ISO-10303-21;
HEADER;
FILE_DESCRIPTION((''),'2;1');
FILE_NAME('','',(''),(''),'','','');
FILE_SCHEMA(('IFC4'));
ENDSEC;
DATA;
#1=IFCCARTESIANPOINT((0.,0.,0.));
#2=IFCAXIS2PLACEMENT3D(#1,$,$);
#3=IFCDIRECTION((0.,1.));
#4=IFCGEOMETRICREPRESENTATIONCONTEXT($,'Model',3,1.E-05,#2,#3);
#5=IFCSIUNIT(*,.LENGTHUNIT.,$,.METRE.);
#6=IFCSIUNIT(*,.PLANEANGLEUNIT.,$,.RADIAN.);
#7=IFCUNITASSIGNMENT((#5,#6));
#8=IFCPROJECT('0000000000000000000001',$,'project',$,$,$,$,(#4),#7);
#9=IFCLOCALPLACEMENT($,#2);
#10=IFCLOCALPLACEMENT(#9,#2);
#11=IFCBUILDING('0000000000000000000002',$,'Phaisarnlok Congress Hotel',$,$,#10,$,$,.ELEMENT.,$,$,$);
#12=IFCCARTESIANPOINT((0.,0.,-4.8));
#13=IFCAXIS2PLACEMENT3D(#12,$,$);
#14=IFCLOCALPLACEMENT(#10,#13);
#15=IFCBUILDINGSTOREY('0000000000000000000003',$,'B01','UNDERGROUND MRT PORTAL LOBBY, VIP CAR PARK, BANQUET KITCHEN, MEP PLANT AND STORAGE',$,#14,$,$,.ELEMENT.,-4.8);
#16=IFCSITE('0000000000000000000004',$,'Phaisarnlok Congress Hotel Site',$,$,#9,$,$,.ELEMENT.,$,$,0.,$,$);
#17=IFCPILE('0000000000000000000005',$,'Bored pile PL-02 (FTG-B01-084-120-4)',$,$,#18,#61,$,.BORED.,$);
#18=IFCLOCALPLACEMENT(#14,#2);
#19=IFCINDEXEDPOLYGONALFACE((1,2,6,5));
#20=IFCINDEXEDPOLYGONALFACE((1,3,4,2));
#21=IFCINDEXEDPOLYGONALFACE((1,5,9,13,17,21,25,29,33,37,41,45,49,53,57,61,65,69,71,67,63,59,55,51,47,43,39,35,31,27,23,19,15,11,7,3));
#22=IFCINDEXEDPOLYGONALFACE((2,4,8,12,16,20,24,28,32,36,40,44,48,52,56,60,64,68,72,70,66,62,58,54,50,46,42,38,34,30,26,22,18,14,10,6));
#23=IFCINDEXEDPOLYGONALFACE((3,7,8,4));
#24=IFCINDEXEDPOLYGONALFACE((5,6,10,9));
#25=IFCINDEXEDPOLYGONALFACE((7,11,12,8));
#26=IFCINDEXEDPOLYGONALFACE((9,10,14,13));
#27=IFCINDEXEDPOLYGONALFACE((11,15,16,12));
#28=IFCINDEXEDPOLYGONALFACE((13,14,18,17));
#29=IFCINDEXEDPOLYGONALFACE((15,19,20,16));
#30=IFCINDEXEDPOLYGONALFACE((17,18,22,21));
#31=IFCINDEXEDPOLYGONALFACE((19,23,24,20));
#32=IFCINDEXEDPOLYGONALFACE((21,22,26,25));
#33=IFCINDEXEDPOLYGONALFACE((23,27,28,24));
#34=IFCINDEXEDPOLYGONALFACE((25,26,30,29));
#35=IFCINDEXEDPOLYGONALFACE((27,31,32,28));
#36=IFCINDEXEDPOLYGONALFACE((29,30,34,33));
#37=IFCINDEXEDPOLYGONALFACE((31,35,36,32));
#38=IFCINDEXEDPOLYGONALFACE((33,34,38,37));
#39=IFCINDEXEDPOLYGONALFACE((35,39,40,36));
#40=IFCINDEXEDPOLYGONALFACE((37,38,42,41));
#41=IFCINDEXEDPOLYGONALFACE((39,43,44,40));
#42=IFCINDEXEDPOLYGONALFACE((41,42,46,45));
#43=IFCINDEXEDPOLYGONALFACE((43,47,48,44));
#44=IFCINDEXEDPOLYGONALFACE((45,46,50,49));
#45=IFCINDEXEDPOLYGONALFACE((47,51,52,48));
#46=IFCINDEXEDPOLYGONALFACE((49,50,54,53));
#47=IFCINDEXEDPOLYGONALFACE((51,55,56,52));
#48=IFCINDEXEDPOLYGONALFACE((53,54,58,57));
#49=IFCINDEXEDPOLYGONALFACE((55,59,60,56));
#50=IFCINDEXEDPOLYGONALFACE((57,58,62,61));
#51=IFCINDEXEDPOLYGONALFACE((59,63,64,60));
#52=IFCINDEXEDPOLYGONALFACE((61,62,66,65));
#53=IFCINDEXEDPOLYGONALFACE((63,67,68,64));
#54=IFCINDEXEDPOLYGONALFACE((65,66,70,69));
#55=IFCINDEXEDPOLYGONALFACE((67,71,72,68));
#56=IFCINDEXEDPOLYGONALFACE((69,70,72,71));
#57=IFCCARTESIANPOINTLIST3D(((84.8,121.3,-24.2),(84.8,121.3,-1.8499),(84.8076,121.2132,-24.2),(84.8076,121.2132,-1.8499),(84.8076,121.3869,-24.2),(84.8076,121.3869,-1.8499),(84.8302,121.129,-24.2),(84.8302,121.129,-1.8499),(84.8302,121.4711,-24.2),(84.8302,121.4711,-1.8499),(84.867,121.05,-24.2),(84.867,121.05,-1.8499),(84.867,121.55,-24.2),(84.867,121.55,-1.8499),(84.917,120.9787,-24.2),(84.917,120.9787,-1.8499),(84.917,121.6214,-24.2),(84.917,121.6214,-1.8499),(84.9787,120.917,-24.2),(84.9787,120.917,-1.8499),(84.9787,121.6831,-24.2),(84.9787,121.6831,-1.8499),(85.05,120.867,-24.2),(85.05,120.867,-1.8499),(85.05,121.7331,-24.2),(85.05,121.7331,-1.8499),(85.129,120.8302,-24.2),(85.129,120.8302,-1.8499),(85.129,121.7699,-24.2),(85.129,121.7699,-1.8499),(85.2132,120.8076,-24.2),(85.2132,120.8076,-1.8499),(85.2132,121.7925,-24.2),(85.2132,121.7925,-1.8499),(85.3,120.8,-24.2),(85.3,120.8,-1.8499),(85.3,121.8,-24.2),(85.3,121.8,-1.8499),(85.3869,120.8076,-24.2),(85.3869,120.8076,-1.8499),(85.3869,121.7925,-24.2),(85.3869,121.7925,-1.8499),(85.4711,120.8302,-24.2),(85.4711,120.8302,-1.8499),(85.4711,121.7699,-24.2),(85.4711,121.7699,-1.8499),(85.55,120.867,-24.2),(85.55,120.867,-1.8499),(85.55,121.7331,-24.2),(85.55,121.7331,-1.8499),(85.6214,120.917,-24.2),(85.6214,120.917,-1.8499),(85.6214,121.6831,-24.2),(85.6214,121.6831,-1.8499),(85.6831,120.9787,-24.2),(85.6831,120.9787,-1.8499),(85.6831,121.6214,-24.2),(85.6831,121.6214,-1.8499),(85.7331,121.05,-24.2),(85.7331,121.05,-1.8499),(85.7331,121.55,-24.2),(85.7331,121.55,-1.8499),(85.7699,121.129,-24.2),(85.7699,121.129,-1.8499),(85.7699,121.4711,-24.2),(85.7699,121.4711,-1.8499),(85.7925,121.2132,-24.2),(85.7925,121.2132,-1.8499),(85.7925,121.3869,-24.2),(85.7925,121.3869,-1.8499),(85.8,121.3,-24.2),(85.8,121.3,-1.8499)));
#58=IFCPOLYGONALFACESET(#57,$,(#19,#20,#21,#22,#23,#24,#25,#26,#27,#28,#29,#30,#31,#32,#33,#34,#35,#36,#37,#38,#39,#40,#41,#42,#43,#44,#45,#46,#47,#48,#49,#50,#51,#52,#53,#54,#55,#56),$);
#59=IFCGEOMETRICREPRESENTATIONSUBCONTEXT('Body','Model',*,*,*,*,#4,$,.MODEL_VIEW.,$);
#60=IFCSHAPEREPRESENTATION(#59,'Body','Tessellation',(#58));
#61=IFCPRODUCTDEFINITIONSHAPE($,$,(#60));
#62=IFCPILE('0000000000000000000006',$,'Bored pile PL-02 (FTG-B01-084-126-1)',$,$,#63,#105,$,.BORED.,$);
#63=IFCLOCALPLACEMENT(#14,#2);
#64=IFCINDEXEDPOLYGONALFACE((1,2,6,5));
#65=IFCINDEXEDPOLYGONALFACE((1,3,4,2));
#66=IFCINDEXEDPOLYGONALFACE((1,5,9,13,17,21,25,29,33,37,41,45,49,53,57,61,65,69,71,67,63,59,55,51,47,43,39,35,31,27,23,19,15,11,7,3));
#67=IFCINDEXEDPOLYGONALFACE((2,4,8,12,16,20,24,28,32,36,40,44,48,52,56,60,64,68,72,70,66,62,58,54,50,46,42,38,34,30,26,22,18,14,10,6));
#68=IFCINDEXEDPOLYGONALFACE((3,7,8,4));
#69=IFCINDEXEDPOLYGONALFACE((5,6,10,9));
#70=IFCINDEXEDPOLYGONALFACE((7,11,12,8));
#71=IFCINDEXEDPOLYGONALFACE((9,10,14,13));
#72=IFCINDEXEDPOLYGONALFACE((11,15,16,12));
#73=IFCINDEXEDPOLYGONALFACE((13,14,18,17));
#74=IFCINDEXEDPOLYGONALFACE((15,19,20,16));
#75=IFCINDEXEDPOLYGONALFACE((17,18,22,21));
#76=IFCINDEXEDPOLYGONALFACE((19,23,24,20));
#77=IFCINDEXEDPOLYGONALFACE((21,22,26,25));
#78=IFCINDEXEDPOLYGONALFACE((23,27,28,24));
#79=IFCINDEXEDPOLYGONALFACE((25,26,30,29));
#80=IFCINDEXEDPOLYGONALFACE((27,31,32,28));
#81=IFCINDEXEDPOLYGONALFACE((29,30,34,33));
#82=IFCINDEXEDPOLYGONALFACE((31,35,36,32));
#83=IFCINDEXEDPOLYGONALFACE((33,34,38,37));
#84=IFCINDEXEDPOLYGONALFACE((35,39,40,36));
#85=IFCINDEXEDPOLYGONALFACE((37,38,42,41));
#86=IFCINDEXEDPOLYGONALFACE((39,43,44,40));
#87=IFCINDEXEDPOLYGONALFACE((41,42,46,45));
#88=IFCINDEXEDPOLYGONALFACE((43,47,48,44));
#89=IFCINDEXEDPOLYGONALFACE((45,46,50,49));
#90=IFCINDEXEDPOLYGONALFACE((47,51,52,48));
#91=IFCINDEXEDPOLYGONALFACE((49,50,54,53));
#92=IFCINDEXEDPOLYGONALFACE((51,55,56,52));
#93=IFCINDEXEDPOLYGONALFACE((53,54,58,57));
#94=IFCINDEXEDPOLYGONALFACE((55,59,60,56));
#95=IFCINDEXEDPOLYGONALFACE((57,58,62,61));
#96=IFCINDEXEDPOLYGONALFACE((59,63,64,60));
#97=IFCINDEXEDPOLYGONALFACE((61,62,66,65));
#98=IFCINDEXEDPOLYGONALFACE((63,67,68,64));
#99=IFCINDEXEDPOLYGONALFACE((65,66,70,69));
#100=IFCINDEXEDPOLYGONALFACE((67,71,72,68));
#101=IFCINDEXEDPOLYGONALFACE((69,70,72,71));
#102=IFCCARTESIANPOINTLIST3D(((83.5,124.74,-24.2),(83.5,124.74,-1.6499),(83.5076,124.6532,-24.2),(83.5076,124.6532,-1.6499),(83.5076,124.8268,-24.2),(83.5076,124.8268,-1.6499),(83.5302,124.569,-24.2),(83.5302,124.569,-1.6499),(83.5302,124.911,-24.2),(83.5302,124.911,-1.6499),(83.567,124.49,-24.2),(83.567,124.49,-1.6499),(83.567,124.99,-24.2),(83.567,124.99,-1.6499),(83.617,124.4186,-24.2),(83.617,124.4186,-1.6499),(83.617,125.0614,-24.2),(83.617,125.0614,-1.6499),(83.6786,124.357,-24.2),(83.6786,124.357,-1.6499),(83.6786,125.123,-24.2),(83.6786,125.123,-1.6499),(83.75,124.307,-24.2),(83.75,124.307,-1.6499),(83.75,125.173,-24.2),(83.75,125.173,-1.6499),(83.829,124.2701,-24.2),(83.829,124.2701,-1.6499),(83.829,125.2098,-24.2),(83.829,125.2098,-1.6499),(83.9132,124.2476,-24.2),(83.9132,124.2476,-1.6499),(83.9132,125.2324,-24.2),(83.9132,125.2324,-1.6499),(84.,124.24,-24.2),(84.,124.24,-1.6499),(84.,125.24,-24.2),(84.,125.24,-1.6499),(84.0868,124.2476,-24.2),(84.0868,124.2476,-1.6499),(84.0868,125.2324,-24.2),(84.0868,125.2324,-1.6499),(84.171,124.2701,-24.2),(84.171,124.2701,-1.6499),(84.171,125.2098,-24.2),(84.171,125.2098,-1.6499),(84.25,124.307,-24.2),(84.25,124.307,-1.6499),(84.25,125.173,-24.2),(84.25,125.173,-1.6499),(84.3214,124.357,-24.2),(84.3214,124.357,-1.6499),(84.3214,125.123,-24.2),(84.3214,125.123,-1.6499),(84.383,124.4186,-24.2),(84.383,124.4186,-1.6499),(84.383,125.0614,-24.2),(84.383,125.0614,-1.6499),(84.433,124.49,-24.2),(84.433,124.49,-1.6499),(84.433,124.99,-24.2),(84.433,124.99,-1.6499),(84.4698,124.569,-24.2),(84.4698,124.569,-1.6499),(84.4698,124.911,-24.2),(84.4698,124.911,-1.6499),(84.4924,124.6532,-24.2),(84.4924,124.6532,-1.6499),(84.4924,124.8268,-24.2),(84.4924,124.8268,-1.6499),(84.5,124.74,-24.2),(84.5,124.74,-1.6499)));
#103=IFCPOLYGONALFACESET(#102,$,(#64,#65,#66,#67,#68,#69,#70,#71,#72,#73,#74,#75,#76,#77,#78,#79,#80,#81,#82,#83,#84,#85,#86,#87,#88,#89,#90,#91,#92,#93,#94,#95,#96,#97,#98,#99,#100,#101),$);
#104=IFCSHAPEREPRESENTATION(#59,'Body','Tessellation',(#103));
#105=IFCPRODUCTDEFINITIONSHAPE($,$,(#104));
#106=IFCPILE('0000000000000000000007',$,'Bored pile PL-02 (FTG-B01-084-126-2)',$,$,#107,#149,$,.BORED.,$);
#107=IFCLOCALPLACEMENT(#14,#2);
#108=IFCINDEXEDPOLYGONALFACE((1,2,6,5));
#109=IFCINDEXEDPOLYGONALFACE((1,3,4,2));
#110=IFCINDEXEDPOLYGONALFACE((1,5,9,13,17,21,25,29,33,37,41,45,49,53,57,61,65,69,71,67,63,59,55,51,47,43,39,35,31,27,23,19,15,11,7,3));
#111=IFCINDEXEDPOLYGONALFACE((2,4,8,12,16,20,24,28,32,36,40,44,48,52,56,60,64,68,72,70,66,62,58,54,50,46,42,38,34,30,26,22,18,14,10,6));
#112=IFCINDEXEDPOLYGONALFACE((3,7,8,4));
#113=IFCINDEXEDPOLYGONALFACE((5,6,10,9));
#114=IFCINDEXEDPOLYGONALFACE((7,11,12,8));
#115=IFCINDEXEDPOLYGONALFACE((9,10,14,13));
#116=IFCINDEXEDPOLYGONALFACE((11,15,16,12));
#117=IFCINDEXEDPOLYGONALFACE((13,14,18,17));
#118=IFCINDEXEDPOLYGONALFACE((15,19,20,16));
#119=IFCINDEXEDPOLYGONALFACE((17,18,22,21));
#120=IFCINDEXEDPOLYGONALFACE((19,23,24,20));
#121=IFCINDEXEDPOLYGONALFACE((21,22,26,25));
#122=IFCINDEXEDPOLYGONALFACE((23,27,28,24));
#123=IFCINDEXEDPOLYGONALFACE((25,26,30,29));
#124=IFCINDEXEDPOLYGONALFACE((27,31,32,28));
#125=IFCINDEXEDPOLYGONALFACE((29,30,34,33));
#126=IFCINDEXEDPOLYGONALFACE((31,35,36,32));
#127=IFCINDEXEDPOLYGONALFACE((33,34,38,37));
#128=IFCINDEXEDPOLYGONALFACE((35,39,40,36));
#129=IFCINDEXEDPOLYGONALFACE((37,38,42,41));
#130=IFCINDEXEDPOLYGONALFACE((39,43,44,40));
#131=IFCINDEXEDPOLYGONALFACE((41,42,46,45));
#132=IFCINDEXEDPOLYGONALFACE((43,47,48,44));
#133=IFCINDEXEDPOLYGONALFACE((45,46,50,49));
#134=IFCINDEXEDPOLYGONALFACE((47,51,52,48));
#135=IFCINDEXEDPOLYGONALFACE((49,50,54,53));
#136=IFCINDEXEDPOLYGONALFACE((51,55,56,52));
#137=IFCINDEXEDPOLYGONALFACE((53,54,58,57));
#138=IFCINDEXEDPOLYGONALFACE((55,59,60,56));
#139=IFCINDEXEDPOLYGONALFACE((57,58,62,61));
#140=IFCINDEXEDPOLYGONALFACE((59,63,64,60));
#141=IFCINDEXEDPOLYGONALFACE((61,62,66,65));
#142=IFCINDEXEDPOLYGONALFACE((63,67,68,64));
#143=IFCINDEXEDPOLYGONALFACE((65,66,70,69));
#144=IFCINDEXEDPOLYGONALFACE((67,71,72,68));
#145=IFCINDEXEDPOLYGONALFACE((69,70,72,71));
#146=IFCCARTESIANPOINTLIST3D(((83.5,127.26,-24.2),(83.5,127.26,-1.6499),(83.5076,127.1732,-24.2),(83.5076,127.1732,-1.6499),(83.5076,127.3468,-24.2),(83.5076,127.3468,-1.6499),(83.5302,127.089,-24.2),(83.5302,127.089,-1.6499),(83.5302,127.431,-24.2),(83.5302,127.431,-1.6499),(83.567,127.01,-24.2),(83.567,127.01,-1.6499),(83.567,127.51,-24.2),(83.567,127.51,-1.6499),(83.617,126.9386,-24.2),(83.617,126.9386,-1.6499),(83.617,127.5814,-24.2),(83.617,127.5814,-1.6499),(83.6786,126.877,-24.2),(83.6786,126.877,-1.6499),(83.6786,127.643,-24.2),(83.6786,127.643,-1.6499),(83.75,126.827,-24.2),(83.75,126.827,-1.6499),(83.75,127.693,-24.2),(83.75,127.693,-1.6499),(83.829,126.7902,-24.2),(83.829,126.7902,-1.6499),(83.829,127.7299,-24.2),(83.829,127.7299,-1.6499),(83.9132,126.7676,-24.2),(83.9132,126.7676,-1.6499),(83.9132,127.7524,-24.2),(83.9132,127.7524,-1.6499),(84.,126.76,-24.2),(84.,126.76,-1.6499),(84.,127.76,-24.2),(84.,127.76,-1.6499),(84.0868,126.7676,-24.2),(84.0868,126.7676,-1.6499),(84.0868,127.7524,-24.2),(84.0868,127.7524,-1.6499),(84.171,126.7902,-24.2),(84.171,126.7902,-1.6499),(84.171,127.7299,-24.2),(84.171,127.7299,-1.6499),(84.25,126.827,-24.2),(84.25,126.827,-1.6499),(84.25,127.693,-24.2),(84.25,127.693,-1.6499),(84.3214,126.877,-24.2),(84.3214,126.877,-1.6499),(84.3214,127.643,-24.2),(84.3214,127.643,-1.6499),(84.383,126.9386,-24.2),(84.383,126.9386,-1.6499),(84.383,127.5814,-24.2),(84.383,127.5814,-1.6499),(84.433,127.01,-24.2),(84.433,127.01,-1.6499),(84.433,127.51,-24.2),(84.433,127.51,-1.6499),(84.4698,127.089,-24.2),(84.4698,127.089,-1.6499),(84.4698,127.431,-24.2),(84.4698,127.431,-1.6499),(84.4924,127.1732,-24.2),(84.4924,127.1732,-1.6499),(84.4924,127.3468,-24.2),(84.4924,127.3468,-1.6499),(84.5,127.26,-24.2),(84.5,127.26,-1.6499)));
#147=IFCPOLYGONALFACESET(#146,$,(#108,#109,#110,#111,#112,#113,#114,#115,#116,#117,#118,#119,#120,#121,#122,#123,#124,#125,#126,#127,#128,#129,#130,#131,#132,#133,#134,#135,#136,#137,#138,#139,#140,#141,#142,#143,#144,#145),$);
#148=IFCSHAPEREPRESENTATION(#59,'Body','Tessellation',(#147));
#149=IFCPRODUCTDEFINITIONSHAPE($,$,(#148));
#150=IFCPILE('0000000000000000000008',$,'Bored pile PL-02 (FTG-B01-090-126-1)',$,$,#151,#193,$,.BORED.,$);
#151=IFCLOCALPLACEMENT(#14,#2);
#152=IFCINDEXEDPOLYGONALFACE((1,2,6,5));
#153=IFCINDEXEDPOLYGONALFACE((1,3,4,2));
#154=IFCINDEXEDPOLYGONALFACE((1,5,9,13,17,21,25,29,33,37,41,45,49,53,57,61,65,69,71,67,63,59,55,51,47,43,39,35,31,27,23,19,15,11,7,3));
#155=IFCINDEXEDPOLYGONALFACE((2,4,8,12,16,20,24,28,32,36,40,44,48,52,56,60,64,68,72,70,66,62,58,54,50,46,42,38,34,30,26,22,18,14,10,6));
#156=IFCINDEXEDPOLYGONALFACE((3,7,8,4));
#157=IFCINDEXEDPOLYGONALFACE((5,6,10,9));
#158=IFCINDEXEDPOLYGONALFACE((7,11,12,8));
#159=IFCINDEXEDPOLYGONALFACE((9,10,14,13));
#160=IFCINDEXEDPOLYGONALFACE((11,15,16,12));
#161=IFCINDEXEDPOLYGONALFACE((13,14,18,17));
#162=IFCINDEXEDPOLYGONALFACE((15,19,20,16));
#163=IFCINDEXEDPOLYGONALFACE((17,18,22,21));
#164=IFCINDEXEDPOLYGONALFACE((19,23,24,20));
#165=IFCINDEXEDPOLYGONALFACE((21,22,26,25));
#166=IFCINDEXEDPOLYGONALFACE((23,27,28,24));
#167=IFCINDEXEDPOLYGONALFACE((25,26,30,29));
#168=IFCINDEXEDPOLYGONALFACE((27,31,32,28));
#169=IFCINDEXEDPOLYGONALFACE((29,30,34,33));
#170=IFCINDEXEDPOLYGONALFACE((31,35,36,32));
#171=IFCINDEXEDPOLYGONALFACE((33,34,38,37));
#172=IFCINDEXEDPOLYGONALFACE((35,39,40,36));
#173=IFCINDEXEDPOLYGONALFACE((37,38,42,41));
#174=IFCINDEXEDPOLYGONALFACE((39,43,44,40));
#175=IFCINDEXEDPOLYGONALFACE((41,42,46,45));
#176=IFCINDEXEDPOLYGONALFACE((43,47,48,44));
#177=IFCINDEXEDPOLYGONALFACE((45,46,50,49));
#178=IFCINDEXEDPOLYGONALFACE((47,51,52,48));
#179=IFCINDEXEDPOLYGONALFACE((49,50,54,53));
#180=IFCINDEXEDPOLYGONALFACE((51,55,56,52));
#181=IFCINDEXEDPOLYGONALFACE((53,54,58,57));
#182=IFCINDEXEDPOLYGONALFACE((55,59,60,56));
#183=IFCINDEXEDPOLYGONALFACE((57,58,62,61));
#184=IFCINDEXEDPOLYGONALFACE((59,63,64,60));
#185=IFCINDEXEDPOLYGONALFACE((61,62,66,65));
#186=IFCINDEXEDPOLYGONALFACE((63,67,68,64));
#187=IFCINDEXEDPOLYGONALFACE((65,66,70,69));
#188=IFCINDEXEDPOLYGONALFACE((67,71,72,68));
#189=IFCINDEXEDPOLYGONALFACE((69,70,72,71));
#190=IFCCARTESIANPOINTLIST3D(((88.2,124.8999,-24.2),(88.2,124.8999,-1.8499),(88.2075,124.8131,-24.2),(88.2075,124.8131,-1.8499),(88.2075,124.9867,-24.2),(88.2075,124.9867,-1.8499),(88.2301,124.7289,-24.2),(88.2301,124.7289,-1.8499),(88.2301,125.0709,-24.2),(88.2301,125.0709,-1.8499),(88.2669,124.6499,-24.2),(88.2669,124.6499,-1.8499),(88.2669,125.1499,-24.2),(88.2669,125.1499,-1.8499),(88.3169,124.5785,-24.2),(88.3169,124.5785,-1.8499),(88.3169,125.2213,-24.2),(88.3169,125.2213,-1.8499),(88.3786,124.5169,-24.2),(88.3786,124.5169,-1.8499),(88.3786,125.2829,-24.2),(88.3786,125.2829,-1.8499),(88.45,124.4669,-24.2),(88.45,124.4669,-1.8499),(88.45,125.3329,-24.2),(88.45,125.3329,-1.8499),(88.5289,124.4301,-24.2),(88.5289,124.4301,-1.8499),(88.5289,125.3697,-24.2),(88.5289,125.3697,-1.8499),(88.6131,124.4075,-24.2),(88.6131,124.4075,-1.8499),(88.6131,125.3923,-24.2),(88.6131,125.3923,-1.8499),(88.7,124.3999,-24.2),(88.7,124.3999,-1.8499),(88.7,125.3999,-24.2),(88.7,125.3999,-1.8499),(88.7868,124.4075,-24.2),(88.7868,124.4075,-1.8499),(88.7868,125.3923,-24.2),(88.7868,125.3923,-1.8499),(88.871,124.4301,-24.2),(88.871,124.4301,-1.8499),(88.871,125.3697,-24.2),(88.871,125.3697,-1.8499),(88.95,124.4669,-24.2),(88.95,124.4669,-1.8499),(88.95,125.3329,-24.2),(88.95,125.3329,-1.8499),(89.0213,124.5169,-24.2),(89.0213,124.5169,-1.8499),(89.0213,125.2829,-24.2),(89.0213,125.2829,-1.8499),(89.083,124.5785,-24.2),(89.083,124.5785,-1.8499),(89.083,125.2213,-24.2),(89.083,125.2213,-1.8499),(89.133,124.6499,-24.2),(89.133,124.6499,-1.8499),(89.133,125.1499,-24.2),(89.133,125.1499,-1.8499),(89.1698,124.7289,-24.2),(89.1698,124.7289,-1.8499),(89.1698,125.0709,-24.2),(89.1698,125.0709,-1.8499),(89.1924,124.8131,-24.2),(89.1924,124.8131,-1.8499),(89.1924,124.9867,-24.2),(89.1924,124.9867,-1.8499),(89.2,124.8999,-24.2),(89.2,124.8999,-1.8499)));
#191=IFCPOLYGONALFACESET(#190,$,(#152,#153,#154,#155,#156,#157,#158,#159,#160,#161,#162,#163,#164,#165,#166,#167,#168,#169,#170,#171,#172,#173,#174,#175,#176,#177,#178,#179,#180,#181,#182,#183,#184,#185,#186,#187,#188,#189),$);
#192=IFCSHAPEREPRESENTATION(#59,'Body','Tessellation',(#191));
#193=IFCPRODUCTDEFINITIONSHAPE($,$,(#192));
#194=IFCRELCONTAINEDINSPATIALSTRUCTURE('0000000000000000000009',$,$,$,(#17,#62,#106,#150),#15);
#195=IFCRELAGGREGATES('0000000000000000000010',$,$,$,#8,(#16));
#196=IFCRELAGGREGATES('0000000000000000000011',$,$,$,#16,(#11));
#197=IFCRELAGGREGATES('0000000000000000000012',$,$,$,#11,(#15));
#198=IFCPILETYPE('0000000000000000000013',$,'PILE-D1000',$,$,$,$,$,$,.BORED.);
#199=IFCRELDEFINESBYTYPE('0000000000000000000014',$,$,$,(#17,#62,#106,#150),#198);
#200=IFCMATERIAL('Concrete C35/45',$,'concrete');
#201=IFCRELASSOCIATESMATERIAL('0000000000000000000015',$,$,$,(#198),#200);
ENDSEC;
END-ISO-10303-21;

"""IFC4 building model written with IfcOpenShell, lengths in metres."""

from ifc_helpers import new_model, si_unit, direction, frame, origin, origin_2d, place, context, subcontext, project, spatial, circle, extrude, material, material_profile, profile_set, type_object, element, save


model = new_model("IFC4")

# Units and contexts
model_context = context("Model", 3, precision=1e-05, world=origin(), true_north=direction((0.0, 1.0)))
body_context = subcontext(model_context, "Body", "Model", "MODEL_VIEW")
ifc_project = project(units=[si_unit("LENGTHUNIT", "METRE"), si_unit("PLANEANGLEUNIT", "RADIAN")], contexts=[model_context])

# Site, building, storey
site_placement = place(None, origin())
site = spatial("IfcSite", under=ifc_project, at=site_placement, Name="Phaisarnlok Congress Hotel Site", CompositionType="ELEMENT", RefElevation=0.0)
building_placement = place(site_placement, origin())
building = spatial("IfcBuilding", under=site, at=building_placement, Name="Phaisarnlok Congress Hotel", CompositionType="ELEMENT")
storey_placement = place(building_placement, frame((0.0, 0.0, -4.8)))
storey = spatial("IfcBuildingStorey", under=building, at=storey_placement, Name="B01", Description="UNDERGROUND MRT PORTAL LOBBY, VIP CAR PARK, BANQUET KITCHEN, MEP PLANT AND STORAGE", CompositionType="ELEMENT", Elevation=-4.8)

# Piles
ifc_material_1 = material(Name="Concrete C35/45", Category="concrete")
ifc_material_profile_1 = material_profile(ifc_material_1, circle(Radius=0.5, at=origin_2d()), Name="BORED PILE D1000")
ifc_profile_set_1 = profile_set([ifc_material_profile_1], Name="Concrete C35/45")
pile_type_1 = type_object("IfcPileType", Name="PILE-D1000", PredefinedType="BORED", material=ifc_profile_set_1)
for number, where, z_axis, x_axis, name in (
    (1, (85.3, 121.3, -1.8499), (0.0, 0.0, -1.0), (1.0, 0.0, 0.0), "Bored pile PL-02 (FTG-B01-084-120-4)"),
):
    element("IfcPile", number, at=place(storey_placement, frame(where, z_axis=z_axis, x_axis=x_axis)), inside=storey, type_object=pile_type_1, Name=name, PredefinedType="BORED", context=body_context, shape_type="SweptSolid", body=[
        extrude(circle(Radius=0.5, at=origin_2d()), origin(), (0.0, 0.0, 1.0), 22.3501),
    ])
for number, where, z_axis, x_axis, name in (
    (2, (84.0, 124.74, -1.6499), (0.0, 0.0, -1.0), (1.0, 0.0, 0.0), "Bored pile PL-02 (FTG-B01-084-126-1)"),
    (3, (84.0, 127.26, -1.6499), (0.0, 0.0, -1.0), (1.0, 0.0, 0.0), "Bored pile PL-02 (FTG-B01-084-126-2)"),
):
    element("IfcPile", number, at=place(storey_placement, frame(where, z_axis=z_axis, x_axis=x_axis)), inside=storey, type_object=pile_type_1, Name=name, PredefinedType="BORED", context=body_context, shape_type="SweptSolid", body=[
        extrude(circle(Radius=0.5, at=origin_2d()), origin(), (0.0, 0.0, 1.0), 22.55),
    ])
for number, where, z_axis, x_axis, name in (
    (4, (88.7, 124.8999, -1.8499), (0.0, 0.0, -1.0), (1.0, 0.0, 0.0), "Bored pile PL-02 (FTG-B01-090-126-1)"),
):
    element("IfcPile", number, at=place(storey_placement, frame(where, z_axis=z_axis, x_axis=x_axis)), inside=storey, type_object=pile_type_1, Name=name, PredefinedType="BORED", context=body_context, shape_type="SweptSolid", body=[
        extrude(circle(Radius=0.5, at=origin_2d()), origin(), (0.0, 0.0, 1.0), 22.3501),
    ])

save(model, "model.ifc")
